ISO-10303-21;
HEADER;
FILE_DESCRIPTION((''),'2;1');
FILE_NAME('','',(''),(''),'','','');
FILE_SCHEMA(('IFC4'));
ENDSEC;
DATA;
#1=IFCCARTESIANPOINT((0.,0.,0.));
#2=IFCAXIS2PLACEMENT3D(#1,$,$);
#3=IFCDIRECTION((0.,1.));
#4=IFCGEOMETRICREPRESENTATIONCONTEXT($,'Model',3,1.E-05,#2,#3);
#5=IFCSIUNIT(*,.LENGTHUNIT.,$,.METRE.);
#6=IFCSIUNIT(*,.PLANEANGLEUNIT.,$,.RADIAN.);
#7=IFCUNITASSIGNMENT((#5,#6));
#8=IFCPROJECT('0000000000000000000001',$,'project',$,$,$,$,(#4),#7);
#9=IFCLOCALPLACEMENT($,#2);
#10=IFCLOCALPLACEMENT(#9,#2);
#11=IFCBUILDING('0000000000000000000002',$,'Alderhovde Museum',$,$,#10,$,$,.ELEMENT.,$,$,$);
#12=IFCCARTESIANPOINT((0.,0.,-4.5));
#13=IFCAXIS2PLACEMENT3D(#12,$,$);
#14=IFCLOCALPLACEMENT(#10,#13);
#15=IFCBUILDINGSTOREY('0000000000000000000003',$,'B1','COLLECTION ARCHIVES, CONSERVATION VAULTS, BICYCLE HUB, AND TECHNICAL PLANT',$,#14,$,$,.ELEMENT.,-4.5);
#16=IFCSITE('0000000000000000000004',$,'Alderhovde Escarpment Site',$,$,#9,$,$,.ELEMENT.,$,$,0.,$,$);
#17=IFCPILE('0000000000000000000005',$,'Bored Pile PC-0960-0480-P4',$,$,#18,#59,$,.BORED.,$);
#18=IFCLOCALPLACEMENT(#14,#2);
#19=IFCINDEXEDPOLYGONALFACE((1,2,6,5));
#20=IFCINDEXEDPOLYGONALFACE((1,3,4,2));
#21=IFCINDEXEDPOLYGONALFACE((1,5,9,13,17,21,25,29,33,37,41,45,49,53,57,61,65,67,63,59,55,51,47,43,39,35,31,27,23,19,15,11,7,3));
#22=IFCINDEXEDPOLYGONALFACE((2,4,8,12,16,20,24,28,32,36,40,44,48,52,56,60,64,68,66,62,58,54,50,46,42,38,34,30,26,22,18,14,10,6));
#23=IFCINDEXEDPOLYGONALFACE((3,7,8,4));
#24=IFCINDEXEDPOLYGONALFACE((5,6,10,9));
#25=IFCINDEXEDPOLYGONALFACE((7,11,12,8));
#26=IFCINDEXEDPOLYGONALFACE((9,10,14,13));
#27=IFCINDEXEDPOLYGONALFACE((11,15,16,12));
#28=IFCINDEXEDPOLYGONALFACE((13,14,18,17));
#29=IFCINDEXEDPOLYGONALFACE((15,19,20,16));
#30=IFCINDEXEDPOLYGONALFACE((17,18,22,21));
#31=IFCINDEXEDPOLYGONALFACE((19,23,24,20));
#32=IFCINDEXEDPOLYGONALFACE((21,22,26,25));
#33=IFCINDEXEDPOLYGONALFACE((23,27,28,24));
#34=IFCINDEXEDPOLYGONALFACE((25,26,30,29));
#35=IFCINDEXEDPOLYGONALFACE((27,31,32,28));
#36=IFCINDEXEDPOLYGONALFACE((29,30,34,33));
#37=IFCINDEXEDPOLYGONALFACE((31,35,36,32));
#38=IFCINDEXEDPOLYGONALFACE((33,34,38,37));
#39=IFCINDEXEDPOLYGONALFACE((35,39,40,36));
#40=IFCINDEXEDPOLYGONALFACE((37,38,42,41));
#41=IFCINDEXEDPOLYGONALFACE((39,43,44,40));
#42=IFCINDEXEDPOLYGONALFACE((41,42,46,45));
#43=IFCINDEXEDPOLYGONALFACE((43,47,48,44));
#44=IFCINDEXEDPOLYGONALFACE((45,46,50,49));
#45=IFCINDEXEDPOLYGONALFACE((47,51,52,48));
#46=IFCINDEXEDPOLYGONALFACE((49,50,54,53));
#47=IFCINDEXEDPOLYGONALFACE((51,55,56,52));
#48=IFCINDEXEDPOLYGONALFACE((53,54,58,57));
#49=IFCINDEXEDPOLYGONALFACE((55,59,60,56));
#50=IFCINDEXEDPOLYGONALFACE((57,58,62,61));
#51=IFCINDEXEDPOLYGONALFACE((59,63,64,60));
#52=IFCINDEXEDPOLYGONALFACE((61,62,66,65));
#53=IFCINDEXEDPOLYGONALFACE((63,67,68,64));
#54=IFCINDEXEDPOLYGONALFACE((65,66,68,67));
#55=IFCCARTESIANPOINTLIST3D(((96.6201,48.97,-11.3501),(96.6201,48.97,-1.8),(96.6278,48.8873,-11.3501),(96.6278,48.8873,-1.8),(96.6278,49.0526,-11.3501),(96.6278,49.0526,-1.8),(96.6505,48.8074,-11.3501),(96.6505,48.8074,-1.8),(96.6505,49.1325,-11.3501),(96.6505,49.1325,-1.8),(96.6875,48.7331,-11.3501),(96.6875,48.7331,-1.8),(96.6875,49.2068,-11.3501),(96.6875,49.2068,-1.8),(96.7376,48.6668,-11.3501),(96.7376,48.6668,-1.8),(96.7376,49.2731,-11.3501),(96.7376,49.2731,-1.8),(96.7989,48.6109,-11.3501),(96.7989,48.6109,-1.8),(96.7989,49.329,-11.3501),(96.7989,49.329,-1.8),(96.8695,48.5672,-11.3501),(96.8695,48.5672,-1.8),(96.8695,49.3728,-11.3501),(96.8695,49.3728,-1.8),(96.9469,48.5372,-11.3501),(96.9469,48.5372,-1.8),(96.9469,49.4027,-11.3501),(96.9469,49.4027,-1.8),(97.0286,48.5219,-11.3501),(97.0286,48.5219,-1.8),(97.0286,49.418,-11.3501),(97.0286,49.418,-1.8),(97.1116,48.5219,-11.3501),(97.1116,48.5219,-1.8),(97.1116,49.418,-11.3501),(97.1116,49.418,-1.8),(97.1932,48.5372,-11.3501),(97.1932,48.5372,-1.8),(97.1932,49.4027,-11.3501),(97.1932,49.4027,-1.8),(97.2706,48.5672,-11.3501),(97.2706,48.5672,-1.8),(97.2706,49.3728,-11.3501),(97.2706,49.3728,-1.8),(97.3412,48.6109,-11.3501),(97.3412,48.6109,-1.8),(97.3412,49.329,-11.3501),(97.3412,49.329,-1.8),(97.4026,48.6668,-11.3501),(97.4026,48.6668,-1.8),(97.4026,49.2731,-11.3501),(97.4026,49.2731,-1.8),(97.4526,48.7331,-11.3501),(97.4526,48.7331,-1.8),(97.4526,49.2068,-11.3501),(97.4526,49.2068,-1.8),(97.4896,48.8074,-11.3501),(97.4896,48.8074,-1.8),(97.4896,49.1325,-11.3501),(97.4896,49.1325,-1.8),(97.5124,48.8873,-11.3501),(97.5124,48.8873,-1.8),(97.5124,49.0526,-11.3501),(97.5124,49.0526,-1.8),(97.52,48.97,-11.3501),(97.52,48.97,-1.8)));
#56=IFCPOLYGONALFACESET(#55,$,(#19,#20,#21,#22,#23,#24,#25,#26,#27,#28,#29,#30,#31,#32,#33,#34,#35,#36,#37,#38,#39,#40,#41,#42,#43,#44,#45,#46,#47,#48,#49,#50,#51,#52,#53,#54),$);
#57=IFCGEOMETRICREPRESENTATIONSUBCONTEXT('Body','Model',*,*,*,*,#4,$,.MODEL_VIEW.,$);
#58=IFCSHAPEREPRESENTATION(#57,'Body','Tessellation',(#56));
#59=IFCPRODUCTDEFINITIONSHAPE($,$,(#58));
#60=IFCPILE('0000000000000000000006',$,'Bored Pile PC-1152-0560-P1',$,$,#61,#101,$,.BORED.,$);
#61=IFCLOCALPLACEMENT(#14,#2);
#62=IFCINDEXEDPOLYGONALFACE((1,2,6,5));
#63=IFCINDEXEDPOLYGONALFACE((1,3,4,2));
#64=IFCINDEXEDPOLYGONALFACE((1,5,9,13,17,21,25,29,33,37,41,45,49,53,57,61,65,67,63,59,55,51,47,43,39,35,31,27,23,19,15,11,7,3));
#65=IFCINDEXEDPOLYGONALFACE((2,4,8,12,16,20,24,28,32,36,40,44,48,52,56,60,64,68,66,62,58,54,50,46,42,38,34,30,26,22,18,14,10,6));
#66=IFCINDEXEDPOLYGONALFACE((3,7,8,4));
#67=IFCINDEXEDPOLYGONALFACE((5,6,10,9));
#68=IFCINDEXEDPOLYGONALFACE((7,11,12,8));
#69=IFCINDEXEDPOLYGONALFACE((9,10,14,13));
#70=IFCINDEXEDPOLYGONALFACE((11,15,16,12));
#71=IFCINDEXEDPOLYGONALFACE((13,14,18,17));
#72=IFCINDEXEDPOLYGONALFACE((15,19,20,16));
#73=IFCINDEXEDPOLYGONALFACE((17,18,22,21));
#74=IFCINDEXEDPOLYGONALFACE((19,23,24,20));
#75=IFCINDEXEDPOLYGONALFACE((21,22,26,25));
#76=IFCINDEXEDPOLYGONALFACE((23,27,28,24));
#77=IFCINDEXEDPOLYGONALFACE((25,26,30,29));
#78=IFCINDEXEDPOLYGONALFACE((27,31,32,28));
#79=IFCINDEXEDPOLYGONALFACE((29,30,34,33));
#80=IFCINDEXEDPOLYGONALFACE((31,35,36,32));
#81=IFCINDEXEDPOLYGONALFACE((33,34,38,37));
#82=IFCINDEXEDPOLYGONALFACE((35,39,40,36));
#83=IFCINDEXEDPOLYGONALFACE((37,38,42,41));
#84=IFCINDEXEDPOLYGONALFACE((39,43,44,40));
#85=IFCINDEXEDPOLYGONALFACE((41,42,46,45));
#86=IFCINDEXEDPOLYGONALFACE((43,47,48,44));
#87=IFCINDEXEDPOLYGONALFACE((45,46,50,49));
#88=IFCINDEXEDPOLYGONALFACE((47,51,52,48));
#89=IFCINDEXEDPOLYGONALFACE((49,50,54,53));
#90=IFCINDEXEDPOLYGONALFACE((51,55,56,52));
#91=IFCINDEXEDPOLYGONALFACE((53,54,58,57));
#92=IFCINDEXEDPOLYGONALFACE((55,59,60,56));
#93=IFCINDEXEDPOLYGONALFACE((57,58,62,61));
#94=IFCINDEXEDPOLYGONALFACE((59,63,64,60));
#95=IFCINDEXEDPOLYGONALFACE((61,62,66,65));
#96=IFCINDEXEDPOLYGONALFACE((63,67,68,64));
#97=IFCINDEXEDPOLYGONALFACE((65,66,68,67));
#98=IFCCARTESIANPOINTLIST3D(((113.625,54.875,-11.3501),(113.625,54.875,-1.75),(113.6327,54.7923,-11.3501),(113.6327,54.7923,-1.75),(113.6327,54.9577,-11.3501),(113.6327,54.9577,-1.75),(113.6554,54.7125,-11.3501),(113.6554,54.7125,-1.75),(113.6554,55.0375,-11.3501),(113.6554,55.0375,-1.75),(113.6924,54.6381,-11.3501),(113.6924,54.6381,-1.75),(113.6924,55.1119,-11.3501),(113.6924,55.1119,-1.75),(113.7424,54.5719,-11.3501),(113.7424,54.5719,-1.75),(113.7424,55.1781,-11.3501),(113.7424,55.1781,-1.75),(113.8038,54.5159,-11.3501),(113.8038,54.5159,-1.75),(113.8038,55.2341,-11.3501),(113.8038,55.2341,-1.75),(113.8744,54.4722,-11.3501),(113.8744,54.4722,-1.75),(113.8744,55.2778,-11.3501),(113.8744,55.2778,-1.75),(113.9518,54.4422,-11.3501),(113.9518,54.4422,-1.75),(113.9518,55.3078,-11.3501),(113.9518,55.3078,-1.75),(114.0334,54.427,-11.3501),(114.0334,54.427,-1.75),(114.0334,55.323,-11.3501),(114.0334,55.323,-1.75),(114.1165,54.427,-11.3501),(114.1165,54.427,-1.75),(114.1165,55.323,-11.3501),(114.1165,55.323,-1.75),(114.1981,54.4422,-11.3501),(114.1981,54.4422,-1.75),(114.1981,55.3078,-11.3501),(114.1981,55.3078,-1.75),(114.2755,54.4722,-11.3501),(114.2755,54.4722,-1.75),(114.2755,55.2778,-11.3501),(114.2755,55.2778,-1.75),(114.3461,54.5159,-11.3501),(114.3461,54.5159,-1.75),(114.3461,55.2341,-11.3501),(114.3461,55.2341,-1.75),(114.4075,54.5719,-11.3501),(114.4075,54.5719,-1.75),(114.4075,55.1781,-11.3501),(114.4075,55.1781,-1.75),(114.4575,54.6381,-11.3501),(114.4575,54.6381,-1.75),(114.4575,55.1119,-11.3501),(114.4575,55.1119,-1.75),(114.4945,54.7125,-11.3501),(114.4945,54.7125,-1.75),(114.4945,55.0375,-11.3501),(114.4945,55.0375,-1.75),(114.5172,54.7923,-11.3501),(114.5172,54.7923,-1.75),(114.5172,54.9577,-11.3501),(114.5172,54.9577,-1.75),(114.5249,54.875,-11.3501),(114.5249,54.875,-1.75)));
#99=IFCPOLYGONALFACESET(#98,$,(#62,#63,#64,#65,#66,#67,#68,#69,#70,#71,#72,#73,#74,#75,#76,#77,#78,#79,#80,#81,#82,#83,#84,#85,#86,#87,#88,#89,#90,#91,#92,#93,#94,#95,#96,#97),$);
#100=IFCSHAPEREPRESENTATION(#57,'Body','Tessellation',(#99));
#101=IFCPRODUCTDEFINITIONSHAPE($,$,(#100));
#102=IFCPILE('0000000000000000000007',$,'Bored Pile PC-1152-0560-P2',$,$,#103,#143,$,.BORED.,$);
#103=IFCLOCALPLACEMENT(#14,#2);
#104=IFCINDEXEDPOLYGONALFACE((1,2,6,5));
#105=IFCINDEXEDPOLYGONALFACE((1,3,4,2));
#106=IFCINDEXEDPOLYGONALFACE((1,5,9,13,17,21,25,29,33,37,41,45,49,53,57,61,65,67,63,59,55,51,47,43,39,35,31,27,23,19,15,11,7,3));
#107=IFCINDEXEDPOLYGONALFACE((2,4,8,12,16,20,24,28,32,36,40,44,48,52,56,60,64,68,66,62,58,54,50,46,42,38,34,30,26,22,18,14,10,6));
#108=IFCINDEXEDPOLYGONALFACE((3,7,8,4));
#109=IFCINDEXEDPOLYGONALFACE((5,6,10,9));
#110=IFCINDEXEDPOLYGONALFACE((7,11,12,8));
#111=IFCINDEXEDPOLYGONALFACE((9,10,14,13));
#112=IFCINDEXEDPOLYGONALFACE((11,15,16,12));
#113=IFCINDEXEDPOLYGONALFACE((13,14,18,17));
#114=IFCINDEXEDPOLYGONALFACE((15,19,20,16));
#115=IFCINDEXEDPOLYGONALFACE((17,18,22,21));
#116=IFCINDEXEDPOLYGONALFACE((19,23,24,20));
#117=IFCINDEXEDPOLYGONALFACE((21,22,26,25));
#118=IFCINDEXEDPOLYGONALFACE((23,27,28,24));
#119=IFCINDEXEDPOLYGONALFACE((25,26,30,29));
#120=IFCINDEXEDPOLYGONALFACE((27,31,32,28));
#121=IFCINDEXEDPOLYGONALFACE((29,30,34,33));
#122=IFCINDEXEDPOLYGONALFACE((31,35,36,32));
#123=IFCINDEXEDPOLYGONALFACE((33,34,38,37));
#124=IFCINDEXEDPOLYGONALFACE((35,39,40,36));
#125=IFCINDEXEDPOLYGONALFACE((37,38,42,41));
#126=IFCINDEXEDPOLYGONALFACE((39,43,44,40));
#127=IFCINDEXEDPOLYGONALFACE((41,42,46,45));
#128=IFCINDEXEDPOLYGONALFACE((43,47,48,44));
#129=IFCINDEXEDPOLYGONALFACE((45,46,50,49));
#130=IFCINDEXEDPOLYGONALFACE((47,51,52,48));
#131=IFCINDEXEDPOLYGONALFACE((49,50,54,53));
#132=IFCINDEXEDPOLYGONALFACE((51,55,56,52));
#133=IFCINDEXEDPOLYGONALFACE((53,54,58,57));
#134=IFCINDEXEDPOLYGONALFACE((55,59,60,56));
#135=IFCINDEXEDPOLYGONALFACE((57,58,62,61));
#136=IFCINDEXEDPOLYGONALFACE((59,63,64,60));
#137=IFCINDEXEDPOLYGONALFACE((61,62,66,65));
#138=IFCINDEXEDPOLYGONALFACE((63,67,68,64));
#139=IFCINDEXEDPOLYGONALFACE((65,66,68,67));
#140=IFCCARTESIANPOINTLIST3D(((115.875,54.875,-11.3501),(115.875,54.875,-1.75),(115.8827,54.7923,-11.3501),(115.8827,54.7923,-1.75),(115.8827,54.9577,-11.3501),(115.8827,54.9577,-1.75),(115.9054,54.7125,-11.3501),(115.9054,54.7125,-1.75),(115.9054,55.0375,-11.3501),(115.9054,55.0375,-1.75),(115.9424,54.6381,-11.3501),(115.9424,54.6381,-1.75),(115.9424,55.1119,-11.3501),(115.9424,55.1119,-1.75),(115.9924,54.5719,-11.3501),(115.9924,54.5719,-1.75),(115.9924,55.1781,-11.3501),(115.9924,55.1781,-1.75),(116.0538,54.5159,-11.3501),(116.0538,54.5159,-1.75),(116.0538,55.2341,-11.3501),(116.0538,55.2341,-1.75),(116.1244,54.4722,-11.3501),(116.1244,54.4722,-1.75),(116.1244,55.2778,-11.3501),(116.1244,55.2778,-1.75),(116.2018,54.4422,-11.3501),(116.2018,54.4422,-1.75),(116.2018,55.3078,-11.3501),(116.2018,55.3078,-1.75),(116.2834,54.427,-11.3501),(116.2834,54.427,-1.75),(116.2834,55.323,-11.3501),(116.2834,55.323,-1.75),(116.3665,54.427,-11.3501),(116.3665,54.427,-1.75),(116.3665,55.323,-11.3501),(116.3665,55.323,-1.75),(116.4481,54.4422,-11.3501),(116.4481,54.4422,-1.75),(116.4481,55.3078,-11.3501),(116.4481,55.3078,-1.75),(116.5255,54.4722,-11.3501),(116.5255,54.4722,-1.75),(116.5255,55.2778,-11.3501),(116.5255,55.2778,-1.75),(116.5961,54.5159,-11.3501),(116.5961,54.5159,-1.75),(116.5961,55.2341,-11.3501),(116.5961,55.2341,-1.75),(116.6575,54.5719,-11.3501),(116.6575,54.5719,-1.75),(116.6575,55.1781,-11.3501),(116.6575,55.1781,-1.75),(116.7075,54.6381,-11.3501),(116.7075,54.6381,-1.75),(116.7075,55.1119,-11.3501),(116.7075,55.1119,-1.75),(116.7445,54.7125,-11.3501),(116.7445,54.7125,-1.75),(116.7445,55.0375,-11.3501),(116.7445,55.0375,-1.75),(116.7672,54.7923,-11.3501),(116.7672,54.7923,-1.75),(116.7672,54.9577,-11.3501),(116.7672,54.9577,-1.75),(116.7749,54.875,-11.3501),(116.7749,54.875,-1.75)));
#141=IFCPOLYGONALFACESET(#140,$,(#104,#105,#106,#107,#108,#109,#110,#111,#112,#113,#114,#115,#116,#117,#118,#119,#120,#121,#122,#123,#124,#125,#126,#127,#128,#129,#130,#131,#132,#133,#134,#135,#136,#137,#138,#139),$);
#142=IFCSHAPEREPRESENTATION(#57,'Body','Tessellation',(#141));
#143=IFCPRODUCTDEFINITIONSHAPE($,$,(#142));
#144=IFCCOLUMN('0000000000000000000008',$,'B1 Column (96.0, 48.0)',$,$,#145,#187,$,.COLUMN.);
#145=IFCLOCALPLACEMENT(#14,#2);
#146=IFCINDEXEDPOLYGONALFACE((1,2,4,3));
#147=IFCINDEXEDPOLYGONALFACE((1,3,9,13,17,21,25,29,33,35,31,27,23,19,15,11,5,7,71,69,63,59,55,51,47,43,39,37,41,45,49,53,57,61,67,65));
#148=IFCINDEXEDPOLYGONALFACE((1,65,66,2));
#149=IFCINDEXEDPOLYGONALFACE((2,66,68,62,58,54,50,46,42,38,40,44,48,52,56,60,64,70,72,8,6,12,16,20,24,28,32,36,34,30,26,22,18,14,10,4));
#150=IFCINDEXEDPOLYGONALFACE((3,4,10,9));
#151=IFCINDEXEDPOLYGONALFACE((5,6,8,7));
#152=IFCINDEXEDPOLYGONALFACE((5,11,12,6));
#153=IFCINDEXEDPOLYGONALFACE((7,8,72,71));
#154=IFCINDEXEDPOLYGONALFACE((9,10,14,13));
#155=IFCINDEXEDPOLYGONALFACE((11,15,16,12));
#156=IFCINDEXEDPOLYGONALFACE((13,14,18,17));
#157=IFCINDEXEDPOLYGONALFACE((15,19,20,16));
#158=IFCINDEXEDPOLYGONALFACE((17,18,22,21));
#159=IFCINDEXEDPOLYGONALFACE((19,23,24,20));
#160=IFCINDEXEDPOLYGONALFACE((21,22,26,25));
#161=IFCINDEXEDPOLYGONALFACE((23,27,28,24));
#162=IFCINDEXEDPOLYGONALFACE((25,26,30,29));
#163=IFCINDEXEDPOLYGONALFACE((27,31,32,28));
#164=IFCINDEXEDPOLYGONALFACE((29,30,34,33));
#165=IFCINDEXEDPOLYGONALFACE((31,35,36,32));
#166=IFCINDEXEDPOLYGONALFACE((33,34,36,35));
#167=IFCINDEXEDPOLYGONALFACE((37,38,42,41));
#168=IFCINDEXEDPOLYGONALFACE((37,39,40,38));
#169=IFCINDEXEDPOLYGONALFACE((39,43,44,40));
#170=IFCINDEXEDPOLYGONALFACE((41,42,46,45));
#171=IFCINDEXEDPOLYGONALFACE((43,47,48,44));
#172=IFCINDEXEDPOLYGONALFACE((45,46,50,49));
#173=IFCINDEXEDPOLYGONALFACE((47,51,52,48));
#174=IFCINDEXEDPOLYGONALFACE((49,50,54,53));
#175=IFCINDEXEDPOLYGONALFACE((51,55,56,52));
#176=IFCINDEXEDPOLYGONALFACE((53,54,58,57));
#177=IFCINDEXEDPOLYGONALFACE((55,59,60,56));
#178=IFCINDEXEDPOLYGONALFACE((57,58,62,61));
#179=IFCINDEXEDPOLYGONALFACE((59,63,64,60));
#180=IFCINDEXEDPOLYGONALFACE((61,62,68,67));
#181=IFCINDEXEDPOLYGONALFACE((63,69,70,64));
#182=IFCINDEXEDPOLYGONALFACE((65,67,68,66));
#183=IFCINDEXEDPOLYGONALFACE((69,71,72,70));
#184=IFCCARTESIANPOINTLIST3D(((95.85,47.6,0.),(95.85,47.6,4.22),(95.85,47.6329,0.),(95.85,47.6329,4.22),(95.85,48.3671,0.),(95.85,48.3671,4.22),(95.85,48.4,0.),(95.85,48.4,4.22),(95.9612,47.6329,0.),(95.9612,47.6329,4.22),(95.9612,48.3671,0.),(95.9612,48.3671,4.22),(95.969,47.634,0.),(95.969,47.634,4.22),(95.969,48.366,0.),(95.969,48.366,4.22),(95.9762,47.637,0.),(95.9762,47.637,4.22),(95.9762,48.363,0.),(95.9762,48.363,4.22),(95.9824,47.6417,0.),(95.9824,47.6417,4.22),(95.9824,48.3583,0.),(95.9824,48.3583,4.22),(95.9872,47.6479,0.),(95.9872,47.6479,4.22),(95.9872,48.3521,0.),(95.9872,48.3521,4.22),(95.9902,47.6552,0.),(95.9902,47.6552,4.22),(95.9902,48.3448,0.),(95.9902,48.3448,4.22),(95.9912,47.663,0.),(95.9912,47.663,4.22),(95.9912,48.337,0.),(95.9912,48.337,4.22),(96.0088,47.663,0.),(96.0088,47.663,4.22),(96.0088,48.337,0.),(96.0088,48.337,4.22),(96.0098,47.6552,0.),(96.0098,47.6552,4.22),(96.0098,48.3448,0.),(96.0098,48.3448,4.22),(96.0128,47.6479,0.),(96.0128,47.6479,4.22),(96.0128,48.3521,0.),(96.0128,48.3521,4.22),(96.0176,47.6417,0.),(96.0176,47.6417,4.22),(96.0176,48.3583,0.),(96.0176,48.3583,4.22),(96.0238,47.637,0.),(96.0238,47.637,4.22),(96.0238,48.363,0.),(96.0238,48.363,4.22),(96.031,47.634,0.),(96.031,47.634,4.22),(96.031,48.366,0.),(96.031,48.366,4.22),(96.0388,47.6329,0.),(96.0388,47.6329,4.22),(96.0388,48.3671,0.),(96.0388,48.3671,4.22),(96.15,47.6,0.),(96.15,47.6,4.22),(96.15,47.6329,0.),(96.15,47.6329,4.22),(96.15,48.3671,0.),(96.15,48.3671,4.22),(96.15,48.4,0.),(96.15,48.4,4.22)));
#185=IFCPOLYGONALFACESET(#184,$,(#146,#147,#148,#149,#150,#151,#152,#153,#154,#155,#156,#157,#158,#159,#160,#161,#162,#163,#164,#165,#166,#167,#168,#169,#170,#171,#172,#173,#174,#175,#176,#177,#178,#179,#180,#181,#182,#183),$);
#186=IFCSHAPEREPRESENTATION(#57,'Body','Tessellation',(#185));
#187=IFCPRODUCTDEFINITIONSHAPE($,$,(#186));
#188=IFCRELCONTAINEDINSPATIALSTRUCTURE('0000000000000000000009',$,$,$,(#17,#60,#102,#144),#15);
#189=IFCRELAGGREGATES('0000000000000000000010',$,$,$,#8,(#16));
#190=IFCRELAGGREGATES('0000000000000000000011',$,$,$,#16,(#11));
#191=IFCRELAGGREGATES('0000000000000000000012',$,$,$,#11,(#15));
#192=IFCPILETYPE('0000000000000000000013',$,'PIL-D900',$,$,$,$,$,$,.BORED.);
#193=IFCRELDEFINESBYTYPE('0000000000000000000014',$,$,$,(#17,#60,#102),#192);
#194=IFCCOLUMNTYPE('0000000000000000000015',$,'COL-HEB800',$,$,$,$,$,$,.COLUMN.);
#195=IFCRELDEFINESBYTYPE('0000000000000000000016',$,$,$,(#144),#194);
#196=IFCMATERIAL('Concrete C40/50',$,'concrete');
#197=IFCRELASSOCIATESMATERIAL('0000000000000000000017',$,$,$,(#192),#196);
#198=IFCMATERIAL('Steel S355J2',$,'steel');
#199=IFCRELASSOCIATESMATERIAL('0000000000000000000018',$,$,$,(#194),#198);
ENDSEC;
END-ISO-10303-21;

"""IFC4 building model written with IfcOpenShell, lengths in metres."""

from ifc_helpers import new_model, si_unit, direction, frame, origin, origin_2d, place, context, subcontext, project, spatial, circle, i_section, extrude, material, material_profile, profile_set, type_object, element, save


model = new_model("IFC4")

# Units and contexts
model_context = context("Model", 3, precision=1e-05, world=origin(), true_north=direction((0.0, 1.0)))
body_context = subcontext(model_context, "Body", "Model", "MODEL_VIEW")
ifc_project = project(units=[si_unit("LENGTHUNIT", "METRE"), si_unit("PLANEANGLEUNIT", "RADIAN")], contexts=[model_context])

# Site, building, storey
site_placement = place(None, origin())
site = spatial("IfcSite", under=ifc_project, at=site_placement, Name="Alderhovde Escarpment Site", CompositionType="ELEMENT", RefElevation=0.0)
building_placement = place(site_placement, origin())
building = spatial("IfcBuilding", under=site, at=building_placement, Name="Alderhovde Museum", CompositionType="ELEMENT")
storey_placement = place(building_placement, frame((0.0, 0.0, -4.5)))
storey = spatial("IfcBuildingStorey", under=building, at=storey_placement, Name="B1", Description="COLLECTION ARCHIVES, CONSERVATION VAULTS, BICYCLE HUB, AND TECHNICAL PLANT", CompositionType="ELEMENT", Elevation=-4.5)

# Piles
ifc_material_1 = material(Name="Concrete C40/50", Category="concrete")
ifc_material_profile_1 = material_profile(ifc_material_1, circle(Radius=0.45, at=origin_2d()), Name="PILE-D900")
ifc_profile_set_1 = profile_set([ifc_material_profile_1], Name="Concrete C40/50")
pile_type_1 = type_object("IfcPileType", Name="PIL-D900", PredefinedType="BORED", material=ifc_profile_set_1)
pile_placement = place(storey_placement, frame((97.0701, 48.97, -1.8), z_axis=(0.0, 0.0, -1.0), x_axis=(1.0, 0.0, 0.0)))
element("IfcPile", 1, at=pile_placement, inside=storey, type_object=pile_type_1, Name="Bored Pile PC-0960-0480-P4", PredefinedType="BORED", context=body_context, shape_type="SweptSolid", body=[
    extrude(circle(Radius=0.45, at=origin_2d()), origin(), (0.0, 0.0, 1.0), 9.55),
])
for number, where, z_axis, x_axis, name in (
    (2, (114.075, 54.875, -1.75), (0.0, 0.0, -1.0), (1.0, 0.0, 0.0), "Bored Pile PC-1152-0560-P1"),
    (3, (116.325, 54.875, -1.75), (0.0, 0.0, -1.0), (1.0, 0.0, 0.0), "Bored Pile PC-1152-0560-P2"),
):
    element("IfcPile", number, at=place(storey_placement, frame(where, z_axis=z_axis, x_axis=x_axis)), inside=storey, type_object=pile_type_1, Name=name, PredefinedType="BORED", context=body_context, shape_type="SweptSolid", body=[
        extrude(circle(Radius=0.45, at=origin_2d()), origin(), (0.0, 0.0, 1.0), 9.6001),
    ])

# Column
ifc_material_2 = material(Name="Steel S355J2", Category="steel")
ifc_material_profile_2 = material_profile(ifc_material_2, i_section(OverallWidth=0.3, OverallDepth=0.8, WebThickness=0.0176, FlangeThickness=0.033, FilletRadius=0.03, at=origin_2d()), Name="HEB 800")
ifc_profile_set_2 = profile_set([ifc_material_profile_2], Name="Steel S355J2")
column_type_1 = type_object("IfcColumnType", Name="COL-HEB800", PredefinedType="COLUMN", material=ifc_profile_set_2)
column_placement = place(storey_placement, frame((96.0, 48.0, 0.0), z_axis=(0.0, 0.0, 1.0), x_axis=(1.0, 0.0, 0.0)))
element("IfcColumn", 4, at=column_placement, inside=storey, type_object=column_type_1, Name="B1 Column (96.0, 48.0)", PredefinedType="COLUMN", context=body_context, shape_type="SweptSolid", body=[
    extrude(i_section(OverallWidth=0.3, OverallDepth=0.8, WebThickness=0.0176, FlangeThickness=0.033, FilletRadius=0.03, at=origin_2d()), origin(), (0.0, 0.0, 1.0), 4.22),
])

save(model, "model.ifc")
